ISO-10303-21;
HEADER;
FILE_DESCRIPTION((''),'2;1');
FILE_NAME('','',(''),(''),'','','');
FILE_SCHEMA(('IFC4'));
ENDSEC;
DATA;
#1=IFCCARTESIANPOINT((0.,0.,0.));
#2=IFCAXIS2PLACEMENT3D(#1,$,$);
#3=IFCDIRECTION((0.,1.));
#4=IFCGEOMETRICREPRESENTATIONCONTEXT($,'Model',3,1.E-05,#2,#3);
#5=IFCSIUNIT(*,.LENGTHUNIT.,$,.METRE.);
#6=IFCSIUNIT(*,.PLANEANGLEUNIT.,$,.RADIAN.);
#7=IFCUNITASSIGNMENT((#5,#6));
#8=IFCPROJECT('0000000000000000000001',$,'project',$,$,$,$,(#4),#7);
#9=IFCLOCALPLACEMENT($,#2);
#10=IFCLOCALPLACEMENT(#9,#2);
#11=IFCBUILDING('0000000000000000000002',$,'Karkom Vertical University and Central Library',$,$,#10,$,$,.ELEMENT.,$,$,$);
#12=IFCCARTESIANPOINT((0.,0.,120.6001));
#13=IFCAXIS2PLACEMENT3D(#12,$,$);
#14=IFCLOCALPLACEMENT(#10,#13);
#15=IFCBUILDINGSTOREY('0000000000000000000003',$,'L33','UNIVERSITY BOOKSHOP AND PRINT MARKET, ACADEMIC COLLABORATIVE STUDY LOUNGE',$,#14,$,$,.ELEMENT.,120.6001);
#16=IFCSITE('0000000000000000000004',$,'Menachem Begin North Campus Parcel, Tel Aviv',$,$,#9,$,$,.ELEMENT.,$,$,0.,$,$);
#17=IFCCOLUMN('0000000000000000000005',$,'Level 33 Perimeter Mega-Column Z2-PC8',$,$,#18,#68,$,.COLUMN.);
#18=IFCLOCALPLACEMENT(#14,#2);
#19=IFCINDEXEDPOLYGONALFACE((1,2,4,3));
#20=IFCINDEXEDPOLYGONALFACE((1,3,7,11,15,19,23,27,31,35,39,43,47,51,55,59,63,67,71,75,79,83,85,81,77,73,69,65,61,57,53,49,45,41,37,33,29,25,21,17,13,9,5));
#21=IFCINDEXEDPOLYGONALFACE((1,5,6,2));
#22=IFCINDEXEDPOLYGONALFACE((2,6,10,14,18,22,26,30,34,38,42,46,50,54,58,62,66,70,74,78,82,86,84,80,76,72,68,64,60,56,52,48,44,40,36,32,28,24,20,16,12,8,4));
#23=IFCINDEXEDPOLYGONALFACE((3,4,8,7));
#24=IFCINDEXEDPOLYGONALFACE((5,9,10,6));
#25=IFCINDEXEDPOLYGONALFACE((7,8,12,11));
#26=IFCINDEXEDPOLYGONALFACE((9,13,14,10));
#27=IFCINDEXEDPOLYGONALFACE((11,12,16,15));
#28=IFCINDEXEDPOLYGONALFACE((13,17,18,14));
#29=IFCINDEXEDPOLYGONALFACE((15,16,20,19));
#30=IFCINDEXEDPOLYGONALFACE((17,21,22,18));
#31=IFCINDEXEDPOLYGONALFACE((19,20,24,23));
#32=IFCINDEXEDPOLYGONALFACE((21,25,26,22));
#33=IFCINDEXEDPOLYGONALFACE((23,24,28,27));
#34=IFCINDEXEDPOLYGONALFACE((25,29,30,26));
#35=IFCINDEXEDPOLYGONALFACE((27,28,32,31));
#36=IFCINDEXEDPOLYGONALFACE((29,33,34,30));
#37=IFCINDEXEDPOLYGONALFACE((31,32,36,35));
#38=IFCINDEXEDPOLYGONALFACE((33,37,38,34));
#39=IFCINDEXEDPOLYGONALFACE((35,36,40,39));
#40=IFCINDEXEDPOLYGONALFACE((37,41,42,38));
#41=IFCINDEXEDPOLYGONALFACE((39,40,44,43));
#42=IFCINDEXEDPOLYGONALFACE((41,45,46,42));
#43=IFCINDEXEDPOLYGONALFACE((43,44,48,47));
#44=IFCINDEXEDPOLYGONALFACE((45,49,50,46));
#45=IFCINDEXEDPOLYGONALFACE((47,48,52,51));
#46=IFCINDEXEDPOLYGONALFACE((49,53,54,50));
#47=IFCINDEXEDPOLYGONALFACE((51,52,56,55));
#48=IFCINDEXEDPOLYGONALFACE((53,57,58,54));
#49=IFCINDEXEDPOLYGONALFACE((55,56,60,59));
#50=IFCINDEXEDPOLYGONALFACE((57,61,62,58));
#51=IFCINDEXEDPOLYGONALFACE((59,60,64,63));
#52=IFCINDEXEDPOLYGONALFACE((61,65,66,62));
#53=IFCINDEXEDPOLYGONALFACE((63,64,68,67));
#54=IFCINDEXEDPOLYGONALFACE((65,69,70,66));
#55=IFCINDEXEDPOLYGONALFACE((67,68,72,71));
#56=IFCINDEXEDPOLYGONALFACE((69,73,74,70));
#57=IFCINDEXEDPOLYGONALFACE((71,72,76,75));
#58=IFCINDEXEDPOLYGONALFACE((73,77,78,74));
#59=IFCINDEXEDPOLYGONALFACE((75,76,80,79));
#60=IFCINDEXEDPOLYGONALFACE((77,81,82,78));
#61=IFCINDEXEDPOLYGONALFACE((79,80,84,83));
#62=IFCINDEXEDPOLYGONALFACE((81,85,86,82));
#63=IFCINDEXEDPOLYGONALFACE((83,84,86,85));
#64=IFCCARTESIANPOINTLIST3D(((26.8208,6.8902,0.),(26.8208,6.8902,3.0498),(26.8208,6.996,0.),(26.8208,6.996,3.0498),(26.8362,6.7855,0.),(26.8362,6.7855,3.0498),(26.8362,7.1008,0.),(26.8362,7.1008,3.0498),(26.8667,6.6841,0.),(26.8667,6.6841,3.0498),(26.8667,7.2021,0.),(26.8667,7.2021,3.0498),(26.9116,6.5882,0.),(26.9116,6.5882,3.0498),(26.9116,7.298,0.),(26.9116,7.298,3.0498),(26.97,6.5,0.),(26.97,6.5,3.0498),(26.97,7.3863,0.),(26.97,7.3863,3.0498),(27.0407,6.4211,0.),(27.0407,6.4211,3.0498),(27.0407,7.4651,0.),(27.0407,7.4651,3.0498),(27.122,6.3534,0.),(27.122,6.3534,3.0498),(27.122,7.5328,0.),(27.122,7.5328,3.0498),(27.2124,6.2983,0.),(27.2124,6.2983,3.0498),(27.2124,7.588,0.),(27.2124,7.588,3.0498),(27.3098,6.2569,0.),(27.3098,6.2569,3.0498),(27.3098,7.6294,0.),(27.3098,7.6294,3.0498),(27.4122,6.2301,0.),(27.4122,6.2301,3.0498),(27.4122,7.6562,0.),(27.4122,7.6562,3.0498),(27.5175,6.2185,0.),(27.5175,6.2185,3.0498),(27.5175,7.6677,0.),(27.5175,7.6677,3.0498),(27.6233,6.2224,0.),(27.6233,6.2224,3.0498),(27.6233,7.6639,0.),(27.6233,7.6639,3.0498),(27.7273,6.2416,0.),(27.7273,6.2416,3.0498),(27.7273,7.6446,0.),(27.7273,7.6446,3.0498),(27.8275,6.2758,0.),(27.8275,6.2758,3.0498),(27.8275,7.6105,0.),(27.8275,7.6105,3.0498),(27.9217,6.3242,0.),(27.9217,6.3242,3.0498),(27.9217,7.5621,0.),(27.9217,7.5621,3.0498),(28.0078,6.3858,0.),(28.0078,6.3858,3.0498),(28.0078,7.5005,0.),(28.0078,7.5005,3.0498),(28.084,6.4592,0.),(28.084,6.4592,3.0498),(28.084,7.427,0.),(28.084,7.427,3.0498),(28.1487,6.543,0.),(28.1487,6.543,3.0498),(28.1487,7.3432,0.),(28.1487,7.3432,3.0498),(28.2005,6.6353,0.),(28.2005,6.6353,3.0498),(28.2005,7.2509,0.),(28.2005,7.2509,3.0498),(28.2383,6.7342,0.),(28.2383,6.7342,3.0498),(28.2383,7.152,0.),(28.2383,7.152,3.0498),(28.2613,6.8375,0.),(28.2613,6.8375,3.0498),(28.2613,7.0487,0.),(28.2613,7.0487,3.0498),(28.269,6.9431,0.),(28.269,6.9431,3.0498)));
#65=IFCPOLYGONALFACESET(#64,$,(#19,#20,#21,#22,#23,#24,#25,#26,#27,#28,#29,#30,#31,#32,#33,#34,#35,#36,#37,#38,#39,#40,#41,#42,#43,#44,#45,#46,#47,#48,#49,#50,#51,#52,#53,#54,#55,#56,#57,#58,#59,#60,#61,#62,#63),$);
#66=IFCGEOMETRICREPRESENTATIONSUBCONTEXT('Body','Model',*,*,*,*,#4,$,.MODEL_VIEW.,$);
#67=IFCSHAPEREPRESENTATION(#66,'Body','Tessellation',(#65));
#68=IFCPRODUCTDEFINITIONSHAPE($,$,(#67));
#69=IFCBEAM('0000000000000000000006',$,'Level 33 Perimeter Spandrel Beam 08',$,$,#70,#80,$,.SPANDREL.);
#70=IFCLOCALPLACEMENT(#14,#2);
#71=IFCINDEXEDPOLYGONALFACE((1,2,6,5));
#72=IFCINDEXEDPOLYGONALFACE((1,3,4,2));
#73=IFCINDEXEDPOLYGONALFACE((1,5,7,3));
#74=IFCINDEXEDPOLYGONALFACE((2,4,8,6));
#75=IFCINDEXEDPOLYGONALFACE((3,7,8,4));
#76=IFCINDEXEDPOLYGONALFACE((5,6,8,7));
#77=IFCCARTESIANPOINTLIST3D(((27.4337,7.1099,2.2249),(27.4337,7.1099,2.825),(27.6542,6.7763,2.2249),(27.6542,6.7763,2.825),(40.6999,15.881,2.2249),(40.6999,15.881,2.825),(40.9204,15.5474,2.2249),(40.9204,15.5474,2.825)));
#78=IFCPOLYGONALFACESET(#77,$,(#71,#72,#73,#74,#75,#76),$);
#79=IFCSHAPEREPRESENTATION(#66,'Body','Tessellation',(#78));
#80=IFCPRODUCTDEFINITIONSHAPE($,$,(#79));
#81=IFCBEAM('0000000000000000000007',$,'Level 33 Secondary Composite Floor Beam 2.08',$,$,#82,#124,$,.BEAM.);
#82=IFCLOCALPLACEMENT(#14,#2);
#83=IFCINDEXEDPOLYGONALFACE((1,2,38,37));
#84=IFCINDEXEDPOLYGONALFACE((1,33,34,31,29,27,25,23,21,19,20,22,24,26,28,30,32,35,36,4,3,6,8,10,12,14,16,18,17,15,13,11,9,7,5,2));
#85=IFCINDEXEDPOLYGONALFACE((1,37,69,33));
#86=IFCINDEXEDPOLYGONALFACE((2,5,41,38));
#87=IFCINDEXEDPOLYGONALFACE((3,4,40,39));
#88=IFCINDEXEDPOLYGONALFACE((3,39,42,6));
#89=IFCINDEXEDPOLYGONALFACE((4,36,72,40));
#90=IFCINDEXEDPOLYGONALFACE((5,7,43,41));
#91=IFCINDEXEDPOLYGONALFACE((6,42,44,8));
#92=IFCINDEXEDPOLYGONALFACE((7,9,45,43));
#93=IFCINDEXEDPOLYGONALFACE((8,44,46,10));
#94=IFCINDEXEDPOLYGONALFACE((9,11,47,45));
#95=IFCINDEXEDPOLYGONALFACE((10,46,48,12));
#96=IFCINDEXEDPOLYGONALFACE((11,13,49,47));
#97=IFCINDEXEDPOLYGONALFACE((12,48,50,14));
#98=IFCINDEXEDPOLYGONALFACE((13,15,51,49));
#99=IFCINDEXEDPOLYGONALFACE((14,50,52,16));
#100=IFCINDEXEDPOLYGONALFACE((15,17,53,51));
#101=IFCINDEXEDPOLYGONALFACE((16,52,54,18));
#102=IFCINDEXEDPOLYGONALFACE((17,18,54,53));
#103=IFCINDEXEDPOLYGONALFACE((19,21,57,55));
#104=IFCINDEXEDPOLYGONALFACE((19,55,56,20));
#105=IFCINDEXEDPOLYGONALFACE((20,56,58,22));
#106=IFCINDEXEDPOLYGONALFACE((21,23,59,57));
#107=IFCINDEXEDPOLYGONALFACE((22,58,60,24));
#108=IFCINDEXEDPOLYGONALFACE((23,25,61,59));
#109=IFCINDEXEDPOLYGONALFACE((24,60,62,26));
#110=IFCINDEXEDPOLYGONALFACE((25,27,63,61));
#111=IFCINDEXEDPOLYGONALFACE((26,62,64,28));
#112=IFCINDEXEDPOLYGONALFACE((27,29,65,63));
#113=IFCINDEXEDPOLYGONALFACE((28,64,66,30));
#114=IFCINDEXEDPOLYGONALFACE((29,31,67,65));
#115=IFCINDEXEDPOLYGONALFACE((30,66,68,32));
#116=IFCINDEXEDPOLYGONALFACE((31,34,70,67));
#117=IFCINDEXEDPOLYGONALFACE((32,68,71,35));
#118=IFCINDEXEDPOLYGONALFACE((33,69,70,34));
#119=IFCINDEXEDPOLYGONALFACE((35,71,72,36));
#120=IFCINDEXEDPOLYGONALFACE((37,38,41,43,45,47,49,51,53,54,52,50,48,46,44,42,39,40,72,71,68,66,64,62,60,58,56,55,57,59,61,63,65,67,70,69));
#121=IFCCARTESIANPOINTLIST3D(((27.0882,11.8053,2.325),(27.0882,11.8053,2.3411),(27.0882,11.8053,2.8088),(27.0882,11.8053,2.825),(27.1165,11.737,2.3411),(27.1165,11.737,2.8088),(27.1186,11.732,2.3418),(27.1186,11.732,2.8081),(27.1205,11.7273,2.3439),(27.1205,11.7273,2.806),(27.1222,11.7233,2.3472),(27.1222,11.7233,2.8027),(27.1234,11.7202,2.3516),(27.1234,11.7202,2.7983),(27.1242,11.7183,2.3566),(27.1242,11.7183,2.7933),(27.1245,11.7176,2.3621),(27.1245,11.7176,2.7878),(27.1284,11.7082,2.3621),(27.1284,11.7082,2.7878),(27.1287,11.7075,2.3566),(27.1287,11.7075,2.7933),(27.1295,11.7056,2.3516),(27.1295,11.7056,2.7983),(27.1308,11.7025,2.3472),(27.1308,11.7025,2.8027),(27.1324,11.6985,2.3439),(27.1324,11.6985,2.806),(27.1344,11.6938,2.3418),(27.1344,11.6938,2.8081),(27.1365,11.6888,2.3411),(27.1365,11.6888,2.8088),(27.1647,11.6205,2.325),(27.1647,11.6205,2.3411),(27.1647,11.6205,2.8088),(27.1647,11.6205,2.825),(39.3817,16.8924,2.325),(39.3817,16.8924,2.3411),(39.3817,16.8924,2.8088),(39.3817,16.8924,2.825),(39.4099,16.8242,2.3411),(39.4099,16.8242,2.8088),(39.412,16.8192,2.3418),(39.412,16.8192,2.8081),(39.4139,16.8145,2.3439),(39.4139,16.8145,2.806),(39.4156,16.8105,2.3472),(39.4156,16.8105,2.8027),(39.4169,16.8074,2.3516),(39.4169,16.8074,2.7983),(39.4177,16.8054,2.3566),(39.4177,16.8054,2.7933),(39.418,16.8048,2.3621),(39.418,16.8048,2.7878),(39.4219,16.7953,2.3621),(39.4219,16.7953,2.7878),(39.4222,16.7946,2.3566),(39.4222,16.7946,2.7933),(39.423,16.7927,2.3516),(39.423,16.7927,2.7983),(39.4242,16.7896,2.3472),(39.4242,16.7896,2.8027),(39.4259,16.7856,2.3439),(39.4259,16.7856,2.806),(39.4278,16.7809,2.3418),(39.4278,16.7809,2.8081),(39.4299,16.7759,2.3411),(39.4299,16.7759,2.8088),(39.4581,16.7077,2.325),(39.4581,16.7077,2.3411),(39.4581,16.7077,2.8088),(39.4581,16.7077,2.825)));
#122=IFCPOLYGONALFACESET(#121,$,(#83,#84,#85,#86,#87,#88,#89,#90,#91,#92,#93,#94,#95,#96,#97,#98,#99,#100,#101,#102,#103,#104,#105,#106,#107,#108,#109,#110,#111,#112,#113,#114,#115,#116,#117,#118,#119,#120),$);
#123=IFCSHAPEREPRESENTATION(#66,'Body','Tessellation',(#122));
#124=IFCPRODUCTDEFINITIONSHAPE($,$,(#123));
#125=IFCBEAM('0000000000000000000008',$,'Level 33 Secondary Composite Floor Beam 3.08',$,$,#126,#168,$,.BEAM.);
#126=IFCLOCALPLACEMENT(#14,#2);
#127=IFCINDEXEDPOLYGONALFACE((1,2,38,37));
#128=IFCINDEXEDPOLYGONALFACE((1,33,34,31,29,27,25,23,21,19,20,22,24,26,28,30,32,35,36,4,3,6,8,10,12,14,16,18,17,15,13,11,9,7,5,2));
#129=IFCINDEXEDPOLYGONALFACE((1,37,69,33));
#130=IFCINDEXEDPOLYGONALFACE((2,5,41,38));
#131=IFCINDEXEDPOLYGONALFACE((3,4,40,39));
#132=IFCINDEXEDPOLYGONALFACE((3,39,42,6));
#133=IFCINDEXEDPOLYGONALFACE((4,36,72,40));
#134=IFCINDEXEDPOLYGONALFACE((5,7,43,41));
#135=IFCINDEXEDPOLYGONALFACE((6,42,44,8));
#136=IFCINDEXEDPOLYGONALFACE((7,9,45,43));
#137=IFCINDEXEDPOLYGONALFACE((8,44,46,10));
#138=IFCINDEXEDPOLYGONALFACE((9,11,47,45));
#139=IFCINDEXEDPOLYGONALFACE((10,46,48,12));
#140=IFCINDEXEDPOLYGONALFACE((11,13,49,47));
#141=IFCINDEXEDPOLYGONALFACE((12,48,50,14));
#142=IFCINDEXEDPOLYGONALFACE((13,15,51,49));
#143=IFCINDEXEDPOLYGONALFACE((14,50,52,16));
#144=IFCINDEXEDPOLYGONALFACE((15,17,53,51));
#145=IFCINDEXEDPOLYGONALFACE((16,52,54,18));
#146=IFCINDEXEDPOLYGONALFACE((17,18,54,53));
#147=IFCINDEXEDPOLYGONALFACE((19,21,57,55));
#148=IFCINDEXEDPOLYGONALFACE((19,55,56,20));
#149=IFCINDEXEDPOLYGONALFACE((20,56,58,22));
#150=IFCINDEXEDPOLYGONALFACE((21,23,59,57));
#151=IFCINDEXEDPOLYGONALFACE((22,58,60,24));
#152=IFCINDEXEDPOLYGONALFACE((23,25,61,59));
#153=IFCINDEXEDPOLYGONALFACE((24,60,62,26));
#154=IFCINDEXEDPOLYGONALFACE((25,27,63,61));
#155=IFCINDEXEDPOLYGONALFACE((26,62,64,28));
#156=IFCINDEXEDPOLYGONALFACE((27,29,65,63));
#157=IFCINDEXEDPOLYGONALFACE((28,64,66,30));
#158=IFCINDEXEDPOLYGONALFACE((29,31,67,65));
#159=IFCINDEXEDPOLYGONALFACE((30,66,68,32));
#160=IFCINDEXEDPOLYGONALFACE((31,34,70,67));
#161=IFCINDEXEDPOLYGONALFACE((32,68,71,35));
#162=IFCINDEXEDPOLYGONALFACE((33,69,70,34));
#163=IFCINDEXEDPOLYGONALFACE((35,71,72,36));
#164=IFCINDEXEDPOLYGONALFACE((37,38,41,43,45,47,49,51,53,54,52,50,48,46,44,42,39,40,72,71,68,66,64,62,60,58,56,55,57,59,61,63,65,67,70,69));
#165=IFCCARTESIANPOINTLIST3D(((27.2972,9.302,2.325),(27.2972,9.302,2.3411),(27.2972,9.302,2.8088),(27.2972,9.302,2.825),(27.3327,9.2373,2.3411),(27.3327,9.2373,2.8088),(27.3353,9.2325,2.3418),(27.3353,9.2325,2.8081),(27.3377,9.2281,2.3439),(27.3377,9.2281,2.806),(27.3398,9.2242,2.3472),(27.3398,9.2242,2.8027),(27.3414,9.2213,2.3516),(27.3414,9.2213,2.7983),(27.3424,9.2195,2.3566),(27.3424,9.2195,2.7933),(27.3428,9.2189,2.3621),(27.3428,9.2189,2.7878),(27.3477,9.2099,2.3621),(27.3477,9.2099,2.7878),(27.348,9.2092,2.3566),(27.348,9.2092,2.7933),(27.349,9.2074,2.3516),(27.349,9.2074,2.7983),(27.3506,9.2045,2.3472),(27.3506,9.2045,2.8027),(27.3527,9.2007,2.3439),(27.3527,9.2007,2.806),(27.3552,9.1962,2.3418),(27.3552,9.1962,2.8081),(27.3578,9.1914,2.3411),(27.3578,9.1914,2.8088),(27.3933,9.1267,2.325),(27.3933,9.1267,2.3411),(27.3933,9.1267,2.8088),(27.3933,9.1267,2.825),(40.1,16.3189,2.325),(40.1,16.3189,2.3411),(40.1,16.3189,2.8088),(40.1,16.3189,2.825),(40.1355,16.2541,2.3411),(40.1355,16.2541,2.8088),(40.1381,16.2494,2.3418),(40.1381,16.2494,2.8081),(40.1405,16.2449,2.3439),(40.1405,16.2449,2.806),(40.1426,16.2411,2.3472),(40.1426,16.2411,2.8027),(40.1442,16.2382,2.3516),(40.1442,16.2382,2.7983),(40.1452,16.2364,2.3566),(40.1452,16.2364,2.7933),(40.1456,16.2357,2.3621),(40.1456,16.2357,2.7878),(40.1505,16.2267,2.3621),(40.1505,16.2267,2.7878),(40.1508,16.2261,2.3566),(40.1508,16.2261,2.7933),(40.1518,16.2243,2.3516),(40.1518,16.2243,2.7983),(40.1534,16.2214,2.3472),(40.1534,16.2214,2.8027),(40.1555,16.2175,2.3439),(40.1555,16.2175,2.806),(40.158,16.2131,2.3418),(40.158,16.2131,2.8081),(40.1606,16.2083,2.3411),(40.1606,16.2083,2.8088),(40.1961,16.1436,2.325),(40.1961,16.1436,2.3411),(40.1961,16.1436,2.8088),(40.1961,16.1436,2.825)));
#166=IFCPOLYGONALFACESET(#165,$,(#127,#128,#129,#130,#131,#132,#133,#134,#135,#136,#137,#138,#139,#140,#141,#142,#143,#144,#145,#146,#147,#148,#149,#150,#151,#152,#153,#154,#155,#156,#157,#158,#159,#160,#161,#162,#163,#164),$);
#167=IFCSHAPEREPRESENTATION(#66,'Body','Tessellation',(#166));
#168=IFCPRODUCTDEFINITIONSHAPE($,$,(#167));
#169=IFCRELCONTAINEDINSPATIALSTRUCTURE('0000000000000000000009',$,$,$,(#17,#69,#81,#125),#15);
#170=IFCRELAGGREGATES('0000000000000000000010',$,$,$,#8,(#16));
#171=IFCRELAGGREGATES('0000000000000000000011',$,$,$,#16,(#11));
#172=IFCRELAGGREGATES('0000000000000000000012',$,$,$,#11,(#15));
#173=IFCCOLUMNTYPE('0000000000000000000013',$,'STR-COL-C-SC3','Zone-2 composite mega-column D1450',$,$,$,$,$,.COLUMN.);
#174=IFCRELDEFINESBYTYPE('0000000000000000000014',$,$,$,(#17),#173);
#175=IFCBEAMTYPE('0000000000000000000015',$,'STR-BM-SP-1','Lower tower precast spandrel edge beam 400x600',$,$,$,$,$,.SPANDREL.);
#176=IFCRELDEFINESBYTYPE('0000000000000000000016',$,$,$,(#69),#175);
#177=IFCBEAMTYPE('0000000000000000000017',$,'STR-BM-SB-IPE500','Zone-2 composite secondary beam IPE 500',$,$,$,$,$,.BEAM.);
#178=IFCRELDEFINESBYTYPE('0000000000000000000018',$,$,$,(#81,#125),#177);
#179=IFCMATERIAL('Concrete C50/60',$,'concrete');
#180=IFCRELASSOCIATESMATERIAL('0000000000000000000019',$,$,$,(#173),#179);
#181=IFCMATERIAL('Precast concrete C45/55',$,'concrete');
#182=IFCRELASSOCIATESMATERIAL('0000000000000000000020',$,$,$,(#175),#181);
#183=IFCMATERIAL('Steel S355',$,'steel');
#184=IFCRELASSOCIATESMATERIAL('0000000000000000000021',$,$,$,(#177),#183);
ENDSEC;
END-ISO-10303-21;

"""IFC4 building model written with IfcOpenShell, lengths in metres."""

from ifc_helpers import new_model, si_unit, direction, frame, origin, origin_with_axes, origin_2d, place, context, subcontext, project, spatial, rectangle, circle, i_section, extrude, source, transform, mapped, material, material_profile, profile_set, type_object, element, save


model = new_model("IFC4")

# Units and contexts
model_context = context("Model", 3, precision=1e-05, world=origin(), true_north=direction((0.0, 1.0)))
body_context = subcontext(model_context, "Body", "Model", "MODEL_VIEW")
ifc_project = project(units=[si_unit("LENGTHUNIT", "METRE"), si_unit("PLANEANGLEUNIT", "RADIAN")], contexts=[model_context])

# Site, building, storey
site_placement = place(None, origin())
site = spatial("IfcSite", under=ifc_project, at=site_placement, Name="Menachem Begin North Campus Parcel, Tel Aviv", CompositionType="ELEMENT", RefElevation=0.0)
building_placement = place(site_placement, origin())
building = spatial("IfcBuilding", under=site, at=building_placement, Name="Karkom Vertical University and Central Library", CompositionType="ELEMENT")
storey_placement = place(building_placement, frame((0.0, 0.0, 120.6001)))
storey = spatial("IfcBuildingStorey", under=building, at=storey_placement, Name="L33", Description="UNIVERSITY BOOKSHOP AND PRINT MARKET, ACADEMIC COLLABORATIVE STUDY LOUNGE", CompositionType="ELEMENT", Elevation=120.6001)

# Column
ifc_material_1 = material(Name="Concrete C50/60", Category="concrete")
ifc_material_profile_1 = material_profile(ifc_material_1, circle(Radius=0.7251, at=origin_2d()), Name="CFT-D1450")
ifc_profile_set_1 = profile_set([ifc_material_profile_1], Name="Concrete C50/60")
column_type = type_object("IfcColumnType", Name="STR-COL-C-SC3", Description="Zone-2 composite mega-column D1450", PredefinedType="COLUMN", material=ifc_profile_set_1)
shared_shape_1 = source(origin_with_axes(), body_context, "Body", "SweptSolid", [
    extrude(circle(Radius=0.7251, at=origin_2d()), origin(), (0.0, 0.0, 1.0), 3.0498),
])
column_placement = place(storey_placement, frame((27.5439, 6.9431, 0.0), z_axis=(0.0, 0.0, 1.0), x_axis=(1.0, 0.0, 0.0)))
element("IfcColumn", 1, at=column_placement, inside=storey, type_object=column_type, Name="Level 33 Perimeter Mega-Column Z2-PC8", PredefinedType="COLUMN", context=body_context, shape_type="MappedRepresentation", body=[
    mapped(shared_shape_1, transform((0.0, 0.0, 0.0), scale=1.0)),
])

# Beams
ifc_material_2 = material(Name="Precast concrete C45/55", Category="concrete")
ifc_material_profile_2 = material_profile(ifc_material_2, rectangle(XDim=0.3999, YDim=0.6001, at=origin_2d()), Name="SPB-400x600")
ifc_profile_set_2 = profile_set([ifc_material_profile_2], Name="Precast concrete C45/55")
beam_type_1 = type_object("IfcBeamType", Name="STR-BM-SP-1", Description="Lower tower precast spandrel edge beam 400x600", PredefinedType="SPANDREL", material=ifc_profile_set_2)
shared_shape_2 = source(origin_with_axes(), body_context, "Body", "SweptSolid", [
    extrude(rectangle(XDim=0.3999, YDim=0.6001, at=origin_2d()), origin(), (0.0, 0.0, 1.0), 15.9036),
])
beam_1_placement = place(storey_placement, frame((27.5439, 6.9431, 2.5249), z_axis=(0.834165, 0.551515, 0.0), x_axis=(-0.551515, 0.834165, 0.0)))
element("IfcBeam", 2, at=beam_1_placement, inside=storey, type_object=beam_type_1, Name="Level 33 Perimeter Spandrel Beam 08", PredefinedType="SPANDREL", context=body_context, shape_type="MappedRepresentation", body=[
    mapped(shared_shape_2, transform((0.0, 0.0, 0.0), scale=1.0)),
])
ifc_material_3 = material(Name="Steel S355", Category="steel")
ifc_material_profile_3 = material_profile(ifc_material_3, i_section(OverallWidth=0.2, OverallDepth=0.5, WebThickness=0.0103, FlangeThickness=0.0161, FilletRadius=0.021, at=origin_2d()), Name="IPE 500")
ifc_profile_set_3 = profile_set([ifc_material_profile_3], Name="Steel S355")
beam_type_2 = type_object("IfcBeamType", Name="STR-BM-SB-IPE500", Description="Zone-2 composite secondary beam IPE 500", PredefinedType="BEAM", material=ifc_profile_set_3)
shared_shape_3 = source(origin_with_axes(), body_context, "Body", "SweptSolid", [
    extrude(i_section(OverallWidth=0.2, OverallDepth=0.5, WebThickness=0.0103, FlangeThickness=0.0161, FilletRadius=0.021, at=origin_2d()), origin(), (0.0, 0.0, 1.0), 13.3044),
])
beam_2_placement = place(storey_placement, frame((27.1265, 11.7129, 2.575), z_axis=(0.924011, 0.382365, 0.0), x_axis=(-0.382365, 0.924011, 0.0)))
element("IfcBeam", 3, at=beam_2_placement, inside=storey, type_object=beam_type_2, Name="Level 33 Secondary Composite Floor Beam 2.08", PredefinedType="BEAM", context=body_context, shape_type="MappedRepresentation", body=[
    mapped(shared_shape_3, transform((0.0, 0.0, 0.0), scale=1.0)),
])
shared_shape_4 = source(origin_with_axes(), body_context, "Body", "SweptSolid", [
    extrude(i_section(OverallWidth=0.2, OverallDepth=0.5, WebThickness=0.0103, FlangeThickness=0.0161, FilletRadius=0.021, at=origin_2d()), origin(), (0.0, 0.0, 1.0), 14.5996),
])
beam_3_placement = place(storey_placement, frame((27.3452, 9.2144, 2.575), z_axis=(0.876928, 0.480622, 0.0), x_axis=(-0.480622, 0.876928, 0.0)))
element("IfcBeam", 4, at=beam_3_placement, inside=storey, type_object=beam_type_2, Name="Level 33 Secondary Composite Floor Beam 3.08", PredefinedType="BEAM", context=body_context, shape_type="MappedRepresentation", body=[
    mapped(shared_shape_4, transform((0.0, 0.0, 0.0), scale=1.0)),
])

save(model, "model.ifc")
